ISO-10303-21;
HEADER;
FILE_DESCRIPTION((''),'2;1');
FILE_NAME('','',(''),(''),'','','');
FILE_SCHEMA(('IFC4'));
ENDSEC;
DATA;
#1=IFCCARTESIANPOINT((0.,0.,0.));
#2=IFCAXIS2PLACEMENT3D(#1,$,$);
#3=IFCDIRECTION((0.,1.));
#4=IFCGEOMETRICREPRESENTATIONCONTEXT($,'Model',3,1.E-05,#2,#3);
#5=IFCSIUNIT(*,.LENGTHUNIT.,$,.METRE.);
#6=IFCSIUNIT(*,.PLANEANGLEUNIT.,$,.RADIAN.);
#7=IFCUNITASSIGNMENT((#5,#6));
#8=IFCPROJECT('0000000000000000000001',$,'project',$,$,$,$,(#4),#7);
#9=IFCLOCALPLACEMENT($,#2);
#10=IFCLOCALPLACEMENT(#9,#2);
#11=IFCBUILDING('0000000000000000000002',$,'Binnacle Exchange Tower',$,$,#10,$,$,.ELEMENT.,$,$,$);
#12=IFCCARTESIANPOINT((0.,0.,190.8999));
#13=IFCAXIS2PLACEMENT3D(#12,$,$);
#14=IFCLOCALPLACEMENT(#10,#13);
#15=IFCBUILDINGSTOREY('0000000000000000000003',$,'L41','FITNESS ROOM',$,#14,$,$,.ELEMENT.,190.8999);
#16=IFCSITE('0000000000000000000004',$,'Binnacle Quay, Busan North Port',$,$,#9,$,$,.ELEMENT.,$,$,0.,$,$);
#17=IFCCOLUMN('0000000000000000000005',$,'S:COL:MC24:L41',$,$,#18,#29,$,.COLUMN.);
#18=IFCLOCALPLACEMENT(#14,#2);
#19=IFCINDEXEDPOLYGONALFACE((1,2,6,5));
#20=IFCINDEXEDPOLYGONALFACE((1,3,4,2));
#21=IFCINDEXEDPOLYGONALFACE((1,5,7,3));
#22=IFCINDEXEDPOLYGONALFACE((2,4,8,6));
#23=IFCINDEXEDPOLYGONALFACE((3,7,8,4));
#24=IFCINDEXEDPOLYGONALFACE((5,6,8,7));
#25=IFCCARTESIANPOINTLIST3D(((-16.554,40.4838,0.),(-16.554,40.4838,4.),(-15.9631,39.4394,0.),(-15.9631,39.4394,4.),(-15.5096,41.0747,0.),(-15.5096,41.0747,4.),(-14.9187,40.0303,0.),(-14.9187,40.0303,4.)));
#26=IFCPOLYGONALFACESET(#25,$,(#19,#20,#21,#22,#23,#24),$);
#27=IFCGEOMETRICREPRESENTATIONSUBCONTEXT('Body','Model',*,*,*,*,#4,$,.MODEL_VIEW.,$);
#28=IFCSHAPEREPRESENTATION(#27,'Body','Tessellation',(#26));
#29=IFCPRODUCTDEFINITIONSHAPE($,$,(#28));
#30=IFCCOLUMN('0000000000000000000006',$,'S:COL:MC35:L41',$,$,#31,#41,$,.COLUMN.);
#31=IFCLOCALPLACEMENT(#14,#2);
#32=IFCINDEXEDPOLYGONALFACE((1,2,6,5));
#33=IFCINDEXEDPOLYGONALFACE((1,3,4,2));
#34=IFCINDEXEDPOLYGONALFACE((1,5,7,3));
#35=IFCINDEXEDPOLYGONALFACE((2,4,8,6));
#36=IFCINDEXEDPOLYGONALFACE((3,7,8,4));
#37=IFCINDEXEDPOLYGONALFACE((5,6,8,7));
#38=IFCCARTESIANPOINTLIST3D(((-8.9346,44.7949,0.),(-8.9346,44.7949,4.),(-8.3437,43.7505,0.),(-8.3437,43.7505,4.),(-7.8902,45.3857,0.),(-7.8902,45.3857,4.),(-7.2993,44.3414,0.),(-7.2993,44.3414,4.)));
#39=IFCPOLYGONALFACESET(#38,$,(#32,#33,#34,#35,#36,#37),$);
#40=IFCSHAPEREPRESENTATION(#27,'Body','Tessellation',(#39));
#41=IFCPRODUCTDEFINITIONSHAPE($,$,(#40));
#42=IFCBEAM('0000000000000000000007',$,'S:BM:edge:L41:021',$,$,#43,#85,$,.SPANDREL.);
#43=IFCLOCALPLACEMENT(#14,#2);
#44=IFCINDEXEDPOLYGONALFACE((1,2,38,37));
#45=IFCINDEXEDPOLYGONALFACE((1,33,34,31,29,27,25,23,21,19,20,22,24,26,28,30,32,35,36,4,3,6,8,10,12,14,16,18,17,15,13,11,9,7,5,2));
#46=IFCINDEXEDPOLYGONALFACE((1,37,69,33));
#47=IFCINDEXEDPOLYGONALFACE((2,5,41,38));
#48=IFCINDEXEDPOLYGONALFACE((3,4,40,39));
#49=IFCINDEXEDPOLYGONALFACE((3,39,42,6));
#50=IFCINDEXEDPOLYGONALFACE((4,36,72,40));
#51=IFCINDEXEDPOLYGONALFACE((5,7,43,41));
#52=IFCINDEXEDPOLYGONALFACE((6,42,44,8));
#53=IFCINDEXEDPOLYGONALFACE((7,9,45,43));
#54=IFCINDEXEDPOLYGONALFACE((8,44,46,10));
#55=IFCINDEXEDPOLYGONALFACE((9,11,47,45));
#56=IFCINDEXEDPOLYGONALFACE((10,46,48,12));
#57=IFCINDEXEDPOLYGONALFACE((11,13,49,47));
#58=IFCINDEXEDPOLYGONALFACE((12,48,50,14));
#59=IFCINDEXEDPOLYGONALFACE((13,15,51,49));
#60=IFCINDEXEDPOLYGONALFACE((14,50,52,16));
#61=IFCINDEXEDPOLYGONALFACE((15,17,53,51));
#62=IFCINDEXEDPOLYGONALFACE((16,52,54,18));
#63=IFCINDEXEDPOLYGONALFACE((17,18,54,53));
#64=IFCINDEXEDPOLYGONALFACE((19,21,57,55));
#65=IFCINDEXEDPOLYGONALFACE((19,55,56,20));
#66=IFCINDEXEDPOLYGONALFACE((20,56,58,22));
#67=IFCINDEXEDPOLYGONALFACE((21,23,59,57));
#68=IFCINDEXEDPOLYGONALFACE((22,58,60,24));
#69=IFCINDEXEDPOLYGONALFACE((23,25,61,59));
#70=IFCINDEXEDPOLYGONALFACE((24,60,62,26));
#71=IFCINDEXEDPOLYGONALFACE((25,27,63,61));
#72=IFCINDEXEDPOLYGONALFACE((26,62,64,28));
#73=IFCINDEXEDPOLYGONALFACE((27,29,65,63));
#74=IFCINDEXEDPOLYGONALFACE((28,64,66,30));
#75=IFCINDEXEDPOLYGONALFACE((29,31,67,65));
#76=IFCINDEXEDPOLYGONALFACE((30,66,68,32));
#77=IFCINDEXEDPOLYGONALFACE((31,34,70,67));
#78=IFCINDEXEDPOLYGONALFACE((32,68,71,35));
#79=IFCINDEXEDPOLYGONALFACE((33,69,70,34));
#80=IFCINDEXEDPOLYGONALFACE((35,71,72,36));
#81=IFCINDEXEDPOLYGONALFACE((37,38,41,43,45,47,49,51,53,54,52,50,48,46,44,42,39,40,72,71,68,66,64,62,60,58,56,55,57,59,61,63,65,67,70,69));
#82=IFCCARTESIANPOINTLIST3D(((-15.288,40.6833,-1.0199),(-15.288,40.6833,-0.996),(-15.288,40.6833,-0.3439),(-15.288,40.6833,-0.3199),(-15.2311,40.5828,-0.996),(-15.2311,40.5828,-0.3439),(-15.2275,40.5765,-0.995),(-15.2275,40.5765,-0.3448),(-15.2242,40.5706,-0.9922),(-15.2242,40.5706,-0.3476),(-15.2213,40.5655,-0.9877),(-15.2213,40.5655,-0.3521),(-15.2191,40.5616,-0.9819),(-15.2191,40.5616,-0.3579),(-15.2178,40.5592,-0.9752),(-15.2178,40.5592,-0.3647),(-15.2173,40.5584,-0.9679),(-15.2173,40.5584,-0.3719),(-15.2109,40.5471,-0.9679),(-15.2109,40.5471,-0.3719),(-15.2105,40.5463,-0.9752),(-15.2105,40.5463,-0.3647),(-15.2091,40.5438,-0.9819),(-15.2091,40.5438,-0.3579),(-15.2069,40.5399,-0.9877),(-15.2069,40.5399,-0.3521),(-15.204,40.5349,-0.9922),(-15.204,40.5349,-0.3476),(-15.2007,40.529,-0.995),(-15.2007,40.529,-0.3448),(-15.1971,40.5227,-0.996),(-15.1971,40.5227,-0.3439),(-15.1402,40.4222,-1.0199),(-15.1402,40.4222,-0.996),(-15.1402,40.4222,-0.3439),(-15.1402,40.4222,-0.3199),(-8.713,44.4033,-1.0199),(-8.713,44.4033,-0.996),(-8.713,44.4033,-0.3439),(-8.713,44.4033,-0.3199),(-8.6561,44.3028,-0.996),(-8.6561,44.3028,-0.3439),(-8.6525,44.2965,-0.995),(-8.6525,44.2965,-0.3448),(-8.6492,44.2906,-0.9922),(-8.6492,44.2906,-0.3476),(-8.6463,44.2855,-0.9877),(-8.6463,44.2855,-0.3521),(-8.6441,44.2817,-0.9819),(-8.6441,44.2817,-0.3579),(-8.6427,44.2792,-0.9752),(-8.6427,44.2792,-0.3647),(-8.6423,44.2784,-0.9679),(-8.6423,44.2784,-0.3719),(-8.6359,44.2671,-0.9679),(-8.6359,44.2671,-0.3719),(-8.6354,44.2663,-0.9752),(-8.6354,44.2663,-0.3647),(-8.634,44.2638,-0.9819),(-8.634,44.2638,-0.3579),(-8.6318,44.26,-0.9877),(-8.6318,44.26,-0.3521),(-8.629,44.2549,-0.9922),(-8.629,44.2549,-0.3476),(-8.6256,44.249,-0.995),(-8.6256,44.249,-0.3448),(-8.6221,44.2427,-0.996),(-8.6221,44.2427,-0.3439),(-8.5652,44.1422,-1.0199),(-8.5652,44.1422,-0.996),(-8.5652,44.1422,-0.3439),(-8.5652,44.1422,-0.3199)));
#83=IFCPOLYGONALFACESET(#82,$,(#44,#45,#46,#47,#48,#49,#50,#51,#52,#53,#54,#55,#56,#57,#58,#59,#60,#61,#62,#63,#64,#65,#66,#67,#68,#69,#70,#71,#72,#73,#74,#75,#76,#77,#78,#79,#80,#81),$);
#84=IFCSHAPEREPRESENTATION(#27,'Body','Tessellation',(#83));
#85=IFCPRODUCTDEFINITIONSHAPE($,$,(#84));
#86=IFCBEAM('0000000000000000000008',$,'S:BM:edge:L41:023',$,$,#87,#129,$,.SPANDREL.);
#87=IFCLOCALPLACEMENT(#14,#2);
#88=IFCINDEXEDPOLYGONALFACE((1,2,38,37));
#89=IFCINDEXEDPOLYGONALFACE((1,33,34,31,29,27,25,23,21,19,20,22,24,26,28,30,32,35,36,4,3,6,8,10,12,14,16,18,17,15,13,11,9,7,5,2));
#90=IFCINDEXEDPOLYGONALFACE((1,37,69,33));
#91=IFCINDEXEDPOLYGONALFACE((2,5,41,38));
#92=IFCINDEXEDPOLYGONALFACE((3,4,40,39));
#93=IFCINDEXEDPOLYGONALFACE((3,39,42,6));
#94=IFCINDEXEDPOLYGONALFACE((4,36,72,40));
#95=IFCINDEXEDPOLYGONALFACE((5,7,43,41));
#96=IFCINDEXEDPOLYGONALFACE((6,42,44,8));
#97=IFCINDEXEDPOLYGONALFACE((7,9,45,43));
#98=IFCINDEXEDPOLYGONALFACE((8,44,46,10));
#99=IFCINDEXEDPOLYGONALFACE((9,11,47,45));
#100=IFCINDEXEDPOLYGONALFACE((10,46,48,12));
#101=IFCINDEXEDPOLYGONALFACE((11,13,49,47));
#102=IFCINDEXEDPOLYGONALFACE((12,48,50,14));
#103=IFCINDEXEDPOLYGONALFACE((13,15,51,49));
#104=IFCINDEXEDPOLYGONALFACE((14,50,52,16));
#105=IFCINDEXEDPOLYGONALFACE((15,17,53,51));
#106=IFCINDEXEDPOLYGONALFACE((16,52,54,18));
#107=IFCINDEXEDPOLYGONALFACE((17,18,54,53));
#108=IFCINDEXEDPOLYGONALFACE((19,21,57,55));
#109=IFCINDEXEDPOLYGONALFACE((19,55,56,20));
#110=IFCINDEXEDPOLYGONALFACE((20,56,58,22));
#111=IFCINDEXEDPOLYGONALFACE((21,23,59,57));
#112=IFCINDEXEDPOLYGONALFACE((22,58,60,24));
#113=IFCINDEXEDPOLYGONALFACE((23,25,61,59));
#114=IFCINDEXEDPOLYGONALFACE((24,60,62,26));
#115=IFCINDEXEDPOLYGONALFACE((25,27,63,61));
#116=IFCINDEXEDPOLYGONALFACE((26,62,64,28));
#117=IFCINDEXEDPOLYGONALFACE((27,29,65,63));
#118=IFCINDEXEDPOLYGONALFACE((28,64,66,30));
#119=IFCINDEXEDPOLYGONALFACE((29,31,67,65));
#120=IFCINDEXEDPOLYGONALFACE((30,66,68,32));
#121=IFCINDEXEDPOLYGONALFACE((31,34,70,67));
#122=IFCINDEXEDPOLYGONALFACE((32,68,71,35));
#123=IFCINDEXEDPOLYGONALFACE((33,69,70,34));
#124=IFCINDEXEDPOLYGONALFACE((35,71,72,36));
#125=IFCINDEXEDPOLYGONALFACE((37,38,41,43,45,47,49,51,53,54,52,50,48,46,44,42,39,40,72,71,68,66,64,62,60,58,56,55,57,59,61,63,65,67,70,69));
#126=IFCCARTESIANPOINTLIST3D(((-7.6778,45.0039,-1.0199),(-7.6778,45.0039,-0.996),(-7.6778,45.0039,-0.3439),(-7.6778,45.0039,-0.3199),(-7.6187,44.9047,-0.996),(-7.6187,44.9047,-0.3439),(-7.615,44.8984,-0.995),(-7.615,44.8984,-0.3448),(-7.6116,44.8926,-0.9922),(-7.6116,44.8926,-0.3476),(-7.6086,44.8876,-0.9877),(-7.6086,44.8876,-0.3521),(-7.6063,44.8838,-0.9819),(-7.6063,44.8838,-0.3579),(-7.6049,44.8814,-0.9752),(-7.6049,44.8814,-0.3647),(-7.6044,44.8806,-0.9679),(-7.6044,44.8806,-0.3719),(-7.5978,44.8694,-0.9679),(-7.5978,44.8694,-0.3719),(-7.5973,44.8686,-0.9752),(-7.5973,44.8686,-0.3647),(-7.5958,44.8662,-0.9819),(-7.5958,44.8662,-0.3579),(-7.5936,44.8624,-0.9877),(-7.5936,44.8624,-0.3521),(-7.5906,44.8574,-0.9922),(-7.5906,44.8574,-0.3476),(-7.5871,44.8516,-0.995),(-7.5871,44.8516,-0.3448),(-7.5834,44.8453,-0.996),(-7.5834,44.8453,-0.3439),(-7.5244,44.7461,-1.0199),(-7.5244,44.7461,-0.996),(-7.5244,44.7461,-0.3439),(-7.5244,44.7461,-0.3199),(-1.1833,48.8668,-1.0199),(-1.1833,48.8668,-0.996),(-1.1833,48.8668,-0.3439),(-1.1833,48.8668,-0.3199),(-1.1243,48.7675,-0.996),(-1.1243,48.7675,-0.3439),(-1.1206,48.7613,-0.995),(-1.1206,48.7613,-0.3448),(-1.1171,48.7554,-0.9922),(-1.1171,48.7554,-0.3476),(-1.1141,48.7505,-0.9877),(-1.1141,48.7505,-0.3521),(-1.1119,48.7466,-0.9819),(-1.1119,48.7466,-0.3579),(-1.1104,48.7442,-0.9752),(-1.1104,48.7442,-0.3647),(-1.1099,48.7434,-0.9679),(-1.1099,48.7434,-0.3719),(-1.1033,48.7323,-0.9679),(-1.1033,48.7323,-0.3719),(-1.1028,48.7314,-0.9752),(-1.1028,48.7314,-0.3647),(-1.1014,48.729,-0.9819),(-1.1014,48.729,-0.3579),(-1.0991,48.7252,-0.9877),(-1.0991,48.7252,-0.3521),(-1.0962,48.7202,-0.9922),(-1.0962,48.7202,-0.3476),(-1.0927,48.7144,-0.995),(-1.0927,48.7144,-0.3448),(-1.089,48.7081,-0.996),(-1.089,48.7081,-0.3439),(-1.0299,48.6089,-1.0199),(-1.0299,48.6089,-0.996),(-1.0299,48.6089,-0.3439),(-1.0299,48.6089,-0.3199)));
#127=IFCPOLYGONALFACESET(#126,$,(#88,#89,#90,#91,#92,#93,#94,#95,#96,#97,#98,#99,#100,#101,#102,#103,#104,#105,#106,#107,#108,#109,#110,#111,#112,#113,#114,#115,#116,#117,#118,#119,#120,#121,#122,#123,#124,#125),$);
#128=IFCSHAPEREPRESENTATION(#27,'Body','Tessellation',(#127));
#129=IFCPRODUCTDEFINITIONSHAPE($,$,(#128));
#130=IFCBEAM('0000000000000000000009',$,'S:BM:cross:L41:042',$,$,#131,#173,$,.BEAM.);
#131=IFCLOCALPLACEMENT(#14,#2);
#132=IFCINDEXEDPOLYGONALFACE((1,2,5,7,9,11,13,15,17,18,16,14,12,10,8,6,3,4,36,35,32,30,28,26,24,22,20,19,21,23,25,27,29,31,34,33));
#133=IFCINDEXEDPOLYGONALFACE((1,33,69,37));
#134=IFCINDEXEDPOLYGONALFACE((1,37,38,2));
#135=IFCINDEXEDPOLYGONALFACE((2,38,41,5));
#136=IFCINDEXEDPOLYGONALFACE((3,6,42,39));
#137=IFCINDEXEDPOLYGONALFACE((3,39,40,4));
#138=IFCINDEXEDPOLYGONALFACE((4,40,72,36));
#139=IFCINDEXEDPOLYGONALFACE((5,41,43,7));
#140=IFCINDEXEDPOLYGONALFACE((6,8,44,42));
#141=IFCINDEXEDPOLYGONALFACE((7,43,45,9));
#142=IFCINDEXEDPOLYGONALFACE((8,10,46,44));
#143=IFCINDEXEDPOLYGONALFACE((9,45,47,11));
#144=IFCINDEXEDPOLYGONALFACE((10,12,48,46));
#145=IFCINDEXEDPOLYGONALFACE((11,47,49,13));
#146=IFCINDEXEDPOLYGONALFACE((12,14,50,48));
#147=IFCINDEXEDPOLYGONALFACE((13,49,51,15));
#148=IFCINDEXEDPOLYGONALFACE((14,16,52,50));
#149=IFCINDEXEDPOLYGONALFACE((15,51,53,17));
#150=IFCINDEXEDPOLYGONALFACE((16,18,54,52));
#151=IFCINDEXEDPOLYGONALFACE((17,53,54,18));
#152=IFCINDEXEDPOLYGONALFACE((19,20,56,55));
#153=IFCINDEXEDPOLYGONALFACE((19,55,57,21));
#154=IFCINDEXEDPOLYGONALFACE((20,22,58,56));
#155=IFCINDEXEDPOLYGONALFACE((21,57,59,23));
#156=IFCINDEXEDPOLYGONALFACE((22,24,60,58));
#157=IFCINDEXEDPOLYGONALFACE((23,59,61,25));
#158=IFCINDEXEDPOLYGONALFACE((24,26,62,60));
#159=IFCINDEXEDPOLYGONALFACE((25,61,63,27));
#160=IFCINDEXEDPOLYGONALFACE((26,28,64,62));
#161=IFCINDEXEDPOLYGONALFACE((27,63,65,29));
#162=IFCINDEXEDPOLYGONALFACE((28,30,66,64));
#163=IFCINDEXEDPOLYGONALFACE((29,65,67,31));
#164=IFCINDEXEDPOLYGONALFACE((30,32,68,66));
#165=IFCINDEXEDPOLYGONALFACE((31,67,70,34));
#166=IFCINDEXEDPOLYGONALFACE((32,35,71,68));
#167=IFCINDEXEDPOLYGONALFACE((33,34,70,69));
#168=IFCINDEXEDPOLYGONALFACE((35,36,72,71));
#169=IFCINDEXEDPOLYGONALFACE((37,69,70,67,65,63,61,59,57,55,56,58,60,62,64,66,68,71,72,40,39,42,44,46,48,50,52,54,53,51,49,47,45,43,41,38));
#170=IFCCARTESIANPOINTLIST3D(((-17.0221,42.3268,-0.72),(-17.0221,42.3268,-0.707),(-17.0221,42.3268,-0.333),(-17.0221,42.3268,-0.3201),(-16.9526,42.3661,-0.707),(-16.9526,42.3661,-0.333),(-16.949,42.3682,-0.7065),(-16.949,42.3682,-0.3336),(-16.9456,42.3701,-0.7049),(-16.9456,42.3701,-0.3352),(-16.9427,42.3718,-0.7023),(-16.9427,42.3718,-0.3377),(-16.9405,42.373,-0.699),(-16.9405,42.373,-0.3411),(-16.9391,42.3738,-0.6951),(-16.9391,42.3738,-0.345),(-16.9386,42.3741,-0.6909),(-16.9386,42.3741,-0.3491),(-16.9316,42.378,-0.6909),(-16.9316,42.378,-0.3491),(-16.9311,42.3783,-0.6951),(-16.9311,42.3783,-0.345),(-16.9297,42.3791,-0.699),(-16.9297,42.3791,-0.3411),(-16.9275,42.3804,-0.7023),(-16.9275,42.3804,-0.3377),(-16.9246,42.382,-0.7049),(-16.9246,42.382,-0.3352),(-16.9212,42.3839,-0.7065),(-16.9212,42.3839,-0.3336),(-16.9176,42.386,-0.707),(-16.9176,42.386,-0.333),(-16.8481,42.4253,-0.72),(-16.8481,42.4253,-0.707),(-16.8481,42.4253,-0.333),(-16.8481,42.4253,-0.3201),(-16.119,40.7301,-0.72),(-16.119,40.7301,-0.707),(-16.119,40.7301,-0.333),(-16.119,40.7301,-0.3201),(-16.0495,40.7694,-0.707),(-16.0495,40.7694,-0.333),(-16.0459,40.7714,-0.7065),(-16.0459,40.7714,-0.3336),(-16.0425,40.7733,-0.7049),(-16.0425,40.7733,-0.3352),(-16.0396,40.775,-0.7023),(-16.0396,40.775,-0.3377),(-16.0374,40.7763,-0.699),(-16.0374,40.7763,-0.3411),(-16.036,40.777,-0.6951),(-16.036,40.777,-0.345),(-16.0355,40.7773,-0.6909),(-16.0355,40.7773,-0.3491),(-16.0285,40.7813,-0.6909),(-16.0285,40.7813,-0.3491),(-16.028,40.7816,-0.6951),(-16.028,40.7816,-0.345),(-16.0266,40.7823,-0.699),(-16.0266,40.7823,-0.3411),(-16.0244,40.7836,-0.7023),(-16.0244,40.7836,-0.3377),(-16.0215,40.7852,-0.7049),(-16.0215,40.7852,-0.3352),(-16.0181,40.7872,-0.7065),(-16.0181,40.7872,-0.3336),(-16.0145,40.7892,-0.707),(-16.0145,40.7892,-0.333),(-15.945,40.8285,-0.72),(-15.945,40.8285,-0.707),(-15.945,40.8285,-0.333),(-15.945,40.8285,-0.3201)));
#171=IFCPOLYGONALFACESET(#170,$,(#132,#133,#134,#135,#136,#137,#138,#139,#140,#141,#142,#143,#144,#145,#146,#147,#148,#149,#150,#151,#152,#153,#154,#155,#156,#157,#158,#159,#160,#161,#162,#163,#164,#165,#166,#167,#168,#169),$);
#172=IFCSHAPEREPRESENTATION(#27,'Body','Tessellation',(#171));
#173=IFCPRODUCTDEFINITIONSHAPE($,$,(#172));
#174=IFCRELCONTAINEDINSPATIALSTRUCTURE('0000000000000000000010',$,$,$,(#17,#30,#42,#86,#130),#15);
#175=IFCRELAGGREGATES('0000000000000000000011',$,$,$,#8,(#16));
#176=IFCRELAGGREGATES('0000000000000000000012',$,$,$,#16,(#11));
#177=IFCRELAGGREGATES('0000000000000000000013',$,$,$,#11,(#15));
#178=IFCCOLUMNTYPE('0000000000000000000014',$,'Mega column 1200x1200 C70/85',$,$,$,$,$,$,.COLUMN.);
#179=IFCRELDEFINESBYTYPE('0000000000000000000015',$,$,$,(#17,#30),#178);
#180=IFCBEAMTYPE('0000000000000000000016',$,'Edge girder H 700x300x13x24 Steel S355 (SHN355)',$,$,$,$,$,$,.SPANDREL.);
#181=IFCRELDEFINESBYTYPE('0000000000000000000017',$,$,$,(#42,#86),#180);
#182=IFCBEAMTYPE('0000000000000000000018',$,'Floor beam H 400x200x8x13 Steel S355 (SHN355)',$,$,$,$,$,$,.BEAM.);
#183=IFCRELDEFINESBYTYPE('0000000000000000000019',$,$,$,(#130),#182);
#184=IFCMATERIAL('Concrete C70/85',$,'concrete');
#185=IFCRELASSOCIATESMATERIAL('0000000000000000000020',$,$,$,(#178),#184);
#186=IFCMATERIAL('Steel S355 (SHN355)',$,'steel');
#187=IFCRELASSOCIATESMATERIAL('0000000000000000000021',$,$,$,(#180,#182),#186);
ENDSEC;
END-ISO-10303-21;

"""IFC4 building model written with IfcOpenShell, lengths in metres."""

from ifc_helpers import new_model, si_unit, direction, frame, origin, origin_2d, place, context, subcontext, project, spatial, rectangle, i_section, extrude, material, material_profile, profile_set, type_object, element, save


model = new_model("IFC4")

# Units and contexts
model_context = context("Model", 3, precision=1e-05, world=origin(), true_north=direction((0.0, 1.0)))
body_context = subcontext(model_context, "Body", "Model", "MODEL_VIEW")
ifc_project = project(units=[si_unit("LENGTHUNIT", "METRE"), si_unit("PLANEANGLEUNIT", "RADIAN")], contexts=[model_context])

# Site, building, storey
site_placement = place(None, origin())
site = spatial("IfcSite", under=ifc_project, at=site_placement, Name="Binnacle Quay, Busan North Port", CompositionType="ELEMENT", RefElevation=0.0)
building_placement = place(site_placement, origin())
building = spatial("IfcBuilding", under=site, at=building_placement, Name="Binnacle Exchange Tower", CompositionType="ELEMENT")
storey_placement = place(building_placement, frame((0.0, 0.0, 190.8999)))
storey = spatial("IfcBuildingStorey", under=building, at=storey_placement, Name="L41", Description="FITNESS ROOM", CompositionType="ELEMENT", Elevation=190.8999)

# Columns
ifc_material_1 = material(Name="Concrete C70/85", Category="concrete")
ifc_material_profile_1 = material_profile(ifc_material_1, rectangle(XDim=1.2, YDim=1.2, at=origin_2d()), Name="Mega column 1200x1200 C70/85")
ifc_profile_set_1 = profile_set([ifc_material_profile_1], Name="Concrete C70/85")
column_type = type_object("IfcColumnType", Name="Mega column 1200x1200 C70/85", PredefinedType="COLUMN", material=ifc_profile_set_1)
for number, where, z_axis, x_axis, name in (
    (1, (-15.7363, 40.2571, 0.0), (0.0, 0.0, 1.0), (0.870356, 0.492424, 0.0), "S:COL:MC24:L41"),
    (2, (-8.1169, 44.5681, 0.0), (0.0, 0.0, 1.0), (0.870356, 0.492424, 0.0), "S:COL:MC35:L41"),
):
    element("IfcColumn", number, at=place(storey_placement, frame(where, z_axis=z_axis, x_axis=x_axis)), inside=storey, type_object=column_type, Name=name, PredefinedType="COLUMN", context=body_context, shape_type="SweptSolid", body=[
        extrude(rectangle(XDim=1.2, YDim=1.2, at=origin_2d()), origin(), (0.0, 0.0, 1.0), 4.0),
    ])

# Beams
ifc_material_2 = material(Name="Steel S355 (SHN355)", Category="steel")
ifc_material_profile_2 = material_profile(ifc_material_2, i_section(OverallWidth=0.3, OverallDepth=0.7, WebThickness=0.0129, FlangeThickness=0.0239, FilletRadius=0.0281, at=origin_2d()), Name="H 700x300x13x24")
ifc_profile_set_2 = profile_set([ifc_material_profile_2], Name="Steel S355 (SHN355)")
beam_type_1 = type_object("IfcBeamType", Name="Edge girder H 700x300x13x24 Steel S355 (SHN355)", PredefinedType="SPANDREL", material=ifc_profile_set_2)
beam_1_placement = place(storey_placement, frame((-15.2141, 40.5527, -0.6699), z_axis=(0.870353, 0.492428, 0.0), x_axis=(-0.492428, 0.870353, 0.0)))
element("IfcBeam", 3, at=beam_1_placement, inside=storey, type_object=beam_type_1, Name="S:BM:edge:L41:021", PredefinedType="SPANDREL", context=body_context, shape_type="SweptSolid", body=[
    extrude(i_section(OverallWidth=0.3, OverallDepth=0.7, WebThickness=0.0129, FlangeThickness=0.0239, FilletRadius=0.0281, at=origin_2d()), origin(), (0.0, 0.0, 1.0), 7.5544),
])
beam_2_placement = place(storey_placement, frame((-7.6011, 44.875, -0.6699), z_axis=(0.859462, 0.511199, 0.0), x_axis=(-0.511199, 0.859462, 0.0)))
element("IfcBeam", 4, at=beam_2_placement, inside=storey, type_object=beam_type_1, Name="S:BM:edge:L41:023", PredefinedType="SPANDREL", context=body_context, shape_type="SweptSolid", body=[
    extrude(i_section(OverallWidth=0.3, OverallDepth=0.7, WebThickness=0.0129, FlangeThickness=0.0239, FilletRadius=0.0281, at=origin_2d()), origin(), (0.0, 0.0, 1.0), 7.5564),
])
ifc_material_profile_3 = material_profile(ifc_material_2, i_section(OverallWidth=0.2, OverallDepth=0.3999, WebThickness=0.0081, FlangeThickness=0.0129, FilletRadius=0.0161, at=origin_2d()), Name="H 400x200x8x13")
ifc_profile_set_3 = profile_set([ifc_material_profile_3], Name="Steel S355 (SHN355)")
beam_type_2 = type_object("IfcBeamType", Name="Floor beam H 400x200x8x13 Steel S355 (SHN355)", PredefinedType="BEAM", material=ifc_profile_set_3)
beam_3_placement = place(storey_placement, frame((-16.032, 40.7793, -0.52), z_axis=(-0.492307, 0.870422, 0.0), x_axis=(-0.870422, -0.492307, 0.0)))
element("IfcBeam", 5, at=beam_3_placement, inside=storey, type_object=beam_type_2, Name="S:BM:cross:L41:042", PredefinedType="BEAM", context=body_context, shape_type="SweptSolid", body=[
    extrude(i_section(OverallWidth=0.2, OverallDepth=0.3999, WebThickness=0.0081, FlangeThickness=0.0129, FilletRadius=0.0161, at=origin_2d()), origin(), (0.0, 0.0, 1.0), 1.8345),
])

save(model, "model.ifc")
